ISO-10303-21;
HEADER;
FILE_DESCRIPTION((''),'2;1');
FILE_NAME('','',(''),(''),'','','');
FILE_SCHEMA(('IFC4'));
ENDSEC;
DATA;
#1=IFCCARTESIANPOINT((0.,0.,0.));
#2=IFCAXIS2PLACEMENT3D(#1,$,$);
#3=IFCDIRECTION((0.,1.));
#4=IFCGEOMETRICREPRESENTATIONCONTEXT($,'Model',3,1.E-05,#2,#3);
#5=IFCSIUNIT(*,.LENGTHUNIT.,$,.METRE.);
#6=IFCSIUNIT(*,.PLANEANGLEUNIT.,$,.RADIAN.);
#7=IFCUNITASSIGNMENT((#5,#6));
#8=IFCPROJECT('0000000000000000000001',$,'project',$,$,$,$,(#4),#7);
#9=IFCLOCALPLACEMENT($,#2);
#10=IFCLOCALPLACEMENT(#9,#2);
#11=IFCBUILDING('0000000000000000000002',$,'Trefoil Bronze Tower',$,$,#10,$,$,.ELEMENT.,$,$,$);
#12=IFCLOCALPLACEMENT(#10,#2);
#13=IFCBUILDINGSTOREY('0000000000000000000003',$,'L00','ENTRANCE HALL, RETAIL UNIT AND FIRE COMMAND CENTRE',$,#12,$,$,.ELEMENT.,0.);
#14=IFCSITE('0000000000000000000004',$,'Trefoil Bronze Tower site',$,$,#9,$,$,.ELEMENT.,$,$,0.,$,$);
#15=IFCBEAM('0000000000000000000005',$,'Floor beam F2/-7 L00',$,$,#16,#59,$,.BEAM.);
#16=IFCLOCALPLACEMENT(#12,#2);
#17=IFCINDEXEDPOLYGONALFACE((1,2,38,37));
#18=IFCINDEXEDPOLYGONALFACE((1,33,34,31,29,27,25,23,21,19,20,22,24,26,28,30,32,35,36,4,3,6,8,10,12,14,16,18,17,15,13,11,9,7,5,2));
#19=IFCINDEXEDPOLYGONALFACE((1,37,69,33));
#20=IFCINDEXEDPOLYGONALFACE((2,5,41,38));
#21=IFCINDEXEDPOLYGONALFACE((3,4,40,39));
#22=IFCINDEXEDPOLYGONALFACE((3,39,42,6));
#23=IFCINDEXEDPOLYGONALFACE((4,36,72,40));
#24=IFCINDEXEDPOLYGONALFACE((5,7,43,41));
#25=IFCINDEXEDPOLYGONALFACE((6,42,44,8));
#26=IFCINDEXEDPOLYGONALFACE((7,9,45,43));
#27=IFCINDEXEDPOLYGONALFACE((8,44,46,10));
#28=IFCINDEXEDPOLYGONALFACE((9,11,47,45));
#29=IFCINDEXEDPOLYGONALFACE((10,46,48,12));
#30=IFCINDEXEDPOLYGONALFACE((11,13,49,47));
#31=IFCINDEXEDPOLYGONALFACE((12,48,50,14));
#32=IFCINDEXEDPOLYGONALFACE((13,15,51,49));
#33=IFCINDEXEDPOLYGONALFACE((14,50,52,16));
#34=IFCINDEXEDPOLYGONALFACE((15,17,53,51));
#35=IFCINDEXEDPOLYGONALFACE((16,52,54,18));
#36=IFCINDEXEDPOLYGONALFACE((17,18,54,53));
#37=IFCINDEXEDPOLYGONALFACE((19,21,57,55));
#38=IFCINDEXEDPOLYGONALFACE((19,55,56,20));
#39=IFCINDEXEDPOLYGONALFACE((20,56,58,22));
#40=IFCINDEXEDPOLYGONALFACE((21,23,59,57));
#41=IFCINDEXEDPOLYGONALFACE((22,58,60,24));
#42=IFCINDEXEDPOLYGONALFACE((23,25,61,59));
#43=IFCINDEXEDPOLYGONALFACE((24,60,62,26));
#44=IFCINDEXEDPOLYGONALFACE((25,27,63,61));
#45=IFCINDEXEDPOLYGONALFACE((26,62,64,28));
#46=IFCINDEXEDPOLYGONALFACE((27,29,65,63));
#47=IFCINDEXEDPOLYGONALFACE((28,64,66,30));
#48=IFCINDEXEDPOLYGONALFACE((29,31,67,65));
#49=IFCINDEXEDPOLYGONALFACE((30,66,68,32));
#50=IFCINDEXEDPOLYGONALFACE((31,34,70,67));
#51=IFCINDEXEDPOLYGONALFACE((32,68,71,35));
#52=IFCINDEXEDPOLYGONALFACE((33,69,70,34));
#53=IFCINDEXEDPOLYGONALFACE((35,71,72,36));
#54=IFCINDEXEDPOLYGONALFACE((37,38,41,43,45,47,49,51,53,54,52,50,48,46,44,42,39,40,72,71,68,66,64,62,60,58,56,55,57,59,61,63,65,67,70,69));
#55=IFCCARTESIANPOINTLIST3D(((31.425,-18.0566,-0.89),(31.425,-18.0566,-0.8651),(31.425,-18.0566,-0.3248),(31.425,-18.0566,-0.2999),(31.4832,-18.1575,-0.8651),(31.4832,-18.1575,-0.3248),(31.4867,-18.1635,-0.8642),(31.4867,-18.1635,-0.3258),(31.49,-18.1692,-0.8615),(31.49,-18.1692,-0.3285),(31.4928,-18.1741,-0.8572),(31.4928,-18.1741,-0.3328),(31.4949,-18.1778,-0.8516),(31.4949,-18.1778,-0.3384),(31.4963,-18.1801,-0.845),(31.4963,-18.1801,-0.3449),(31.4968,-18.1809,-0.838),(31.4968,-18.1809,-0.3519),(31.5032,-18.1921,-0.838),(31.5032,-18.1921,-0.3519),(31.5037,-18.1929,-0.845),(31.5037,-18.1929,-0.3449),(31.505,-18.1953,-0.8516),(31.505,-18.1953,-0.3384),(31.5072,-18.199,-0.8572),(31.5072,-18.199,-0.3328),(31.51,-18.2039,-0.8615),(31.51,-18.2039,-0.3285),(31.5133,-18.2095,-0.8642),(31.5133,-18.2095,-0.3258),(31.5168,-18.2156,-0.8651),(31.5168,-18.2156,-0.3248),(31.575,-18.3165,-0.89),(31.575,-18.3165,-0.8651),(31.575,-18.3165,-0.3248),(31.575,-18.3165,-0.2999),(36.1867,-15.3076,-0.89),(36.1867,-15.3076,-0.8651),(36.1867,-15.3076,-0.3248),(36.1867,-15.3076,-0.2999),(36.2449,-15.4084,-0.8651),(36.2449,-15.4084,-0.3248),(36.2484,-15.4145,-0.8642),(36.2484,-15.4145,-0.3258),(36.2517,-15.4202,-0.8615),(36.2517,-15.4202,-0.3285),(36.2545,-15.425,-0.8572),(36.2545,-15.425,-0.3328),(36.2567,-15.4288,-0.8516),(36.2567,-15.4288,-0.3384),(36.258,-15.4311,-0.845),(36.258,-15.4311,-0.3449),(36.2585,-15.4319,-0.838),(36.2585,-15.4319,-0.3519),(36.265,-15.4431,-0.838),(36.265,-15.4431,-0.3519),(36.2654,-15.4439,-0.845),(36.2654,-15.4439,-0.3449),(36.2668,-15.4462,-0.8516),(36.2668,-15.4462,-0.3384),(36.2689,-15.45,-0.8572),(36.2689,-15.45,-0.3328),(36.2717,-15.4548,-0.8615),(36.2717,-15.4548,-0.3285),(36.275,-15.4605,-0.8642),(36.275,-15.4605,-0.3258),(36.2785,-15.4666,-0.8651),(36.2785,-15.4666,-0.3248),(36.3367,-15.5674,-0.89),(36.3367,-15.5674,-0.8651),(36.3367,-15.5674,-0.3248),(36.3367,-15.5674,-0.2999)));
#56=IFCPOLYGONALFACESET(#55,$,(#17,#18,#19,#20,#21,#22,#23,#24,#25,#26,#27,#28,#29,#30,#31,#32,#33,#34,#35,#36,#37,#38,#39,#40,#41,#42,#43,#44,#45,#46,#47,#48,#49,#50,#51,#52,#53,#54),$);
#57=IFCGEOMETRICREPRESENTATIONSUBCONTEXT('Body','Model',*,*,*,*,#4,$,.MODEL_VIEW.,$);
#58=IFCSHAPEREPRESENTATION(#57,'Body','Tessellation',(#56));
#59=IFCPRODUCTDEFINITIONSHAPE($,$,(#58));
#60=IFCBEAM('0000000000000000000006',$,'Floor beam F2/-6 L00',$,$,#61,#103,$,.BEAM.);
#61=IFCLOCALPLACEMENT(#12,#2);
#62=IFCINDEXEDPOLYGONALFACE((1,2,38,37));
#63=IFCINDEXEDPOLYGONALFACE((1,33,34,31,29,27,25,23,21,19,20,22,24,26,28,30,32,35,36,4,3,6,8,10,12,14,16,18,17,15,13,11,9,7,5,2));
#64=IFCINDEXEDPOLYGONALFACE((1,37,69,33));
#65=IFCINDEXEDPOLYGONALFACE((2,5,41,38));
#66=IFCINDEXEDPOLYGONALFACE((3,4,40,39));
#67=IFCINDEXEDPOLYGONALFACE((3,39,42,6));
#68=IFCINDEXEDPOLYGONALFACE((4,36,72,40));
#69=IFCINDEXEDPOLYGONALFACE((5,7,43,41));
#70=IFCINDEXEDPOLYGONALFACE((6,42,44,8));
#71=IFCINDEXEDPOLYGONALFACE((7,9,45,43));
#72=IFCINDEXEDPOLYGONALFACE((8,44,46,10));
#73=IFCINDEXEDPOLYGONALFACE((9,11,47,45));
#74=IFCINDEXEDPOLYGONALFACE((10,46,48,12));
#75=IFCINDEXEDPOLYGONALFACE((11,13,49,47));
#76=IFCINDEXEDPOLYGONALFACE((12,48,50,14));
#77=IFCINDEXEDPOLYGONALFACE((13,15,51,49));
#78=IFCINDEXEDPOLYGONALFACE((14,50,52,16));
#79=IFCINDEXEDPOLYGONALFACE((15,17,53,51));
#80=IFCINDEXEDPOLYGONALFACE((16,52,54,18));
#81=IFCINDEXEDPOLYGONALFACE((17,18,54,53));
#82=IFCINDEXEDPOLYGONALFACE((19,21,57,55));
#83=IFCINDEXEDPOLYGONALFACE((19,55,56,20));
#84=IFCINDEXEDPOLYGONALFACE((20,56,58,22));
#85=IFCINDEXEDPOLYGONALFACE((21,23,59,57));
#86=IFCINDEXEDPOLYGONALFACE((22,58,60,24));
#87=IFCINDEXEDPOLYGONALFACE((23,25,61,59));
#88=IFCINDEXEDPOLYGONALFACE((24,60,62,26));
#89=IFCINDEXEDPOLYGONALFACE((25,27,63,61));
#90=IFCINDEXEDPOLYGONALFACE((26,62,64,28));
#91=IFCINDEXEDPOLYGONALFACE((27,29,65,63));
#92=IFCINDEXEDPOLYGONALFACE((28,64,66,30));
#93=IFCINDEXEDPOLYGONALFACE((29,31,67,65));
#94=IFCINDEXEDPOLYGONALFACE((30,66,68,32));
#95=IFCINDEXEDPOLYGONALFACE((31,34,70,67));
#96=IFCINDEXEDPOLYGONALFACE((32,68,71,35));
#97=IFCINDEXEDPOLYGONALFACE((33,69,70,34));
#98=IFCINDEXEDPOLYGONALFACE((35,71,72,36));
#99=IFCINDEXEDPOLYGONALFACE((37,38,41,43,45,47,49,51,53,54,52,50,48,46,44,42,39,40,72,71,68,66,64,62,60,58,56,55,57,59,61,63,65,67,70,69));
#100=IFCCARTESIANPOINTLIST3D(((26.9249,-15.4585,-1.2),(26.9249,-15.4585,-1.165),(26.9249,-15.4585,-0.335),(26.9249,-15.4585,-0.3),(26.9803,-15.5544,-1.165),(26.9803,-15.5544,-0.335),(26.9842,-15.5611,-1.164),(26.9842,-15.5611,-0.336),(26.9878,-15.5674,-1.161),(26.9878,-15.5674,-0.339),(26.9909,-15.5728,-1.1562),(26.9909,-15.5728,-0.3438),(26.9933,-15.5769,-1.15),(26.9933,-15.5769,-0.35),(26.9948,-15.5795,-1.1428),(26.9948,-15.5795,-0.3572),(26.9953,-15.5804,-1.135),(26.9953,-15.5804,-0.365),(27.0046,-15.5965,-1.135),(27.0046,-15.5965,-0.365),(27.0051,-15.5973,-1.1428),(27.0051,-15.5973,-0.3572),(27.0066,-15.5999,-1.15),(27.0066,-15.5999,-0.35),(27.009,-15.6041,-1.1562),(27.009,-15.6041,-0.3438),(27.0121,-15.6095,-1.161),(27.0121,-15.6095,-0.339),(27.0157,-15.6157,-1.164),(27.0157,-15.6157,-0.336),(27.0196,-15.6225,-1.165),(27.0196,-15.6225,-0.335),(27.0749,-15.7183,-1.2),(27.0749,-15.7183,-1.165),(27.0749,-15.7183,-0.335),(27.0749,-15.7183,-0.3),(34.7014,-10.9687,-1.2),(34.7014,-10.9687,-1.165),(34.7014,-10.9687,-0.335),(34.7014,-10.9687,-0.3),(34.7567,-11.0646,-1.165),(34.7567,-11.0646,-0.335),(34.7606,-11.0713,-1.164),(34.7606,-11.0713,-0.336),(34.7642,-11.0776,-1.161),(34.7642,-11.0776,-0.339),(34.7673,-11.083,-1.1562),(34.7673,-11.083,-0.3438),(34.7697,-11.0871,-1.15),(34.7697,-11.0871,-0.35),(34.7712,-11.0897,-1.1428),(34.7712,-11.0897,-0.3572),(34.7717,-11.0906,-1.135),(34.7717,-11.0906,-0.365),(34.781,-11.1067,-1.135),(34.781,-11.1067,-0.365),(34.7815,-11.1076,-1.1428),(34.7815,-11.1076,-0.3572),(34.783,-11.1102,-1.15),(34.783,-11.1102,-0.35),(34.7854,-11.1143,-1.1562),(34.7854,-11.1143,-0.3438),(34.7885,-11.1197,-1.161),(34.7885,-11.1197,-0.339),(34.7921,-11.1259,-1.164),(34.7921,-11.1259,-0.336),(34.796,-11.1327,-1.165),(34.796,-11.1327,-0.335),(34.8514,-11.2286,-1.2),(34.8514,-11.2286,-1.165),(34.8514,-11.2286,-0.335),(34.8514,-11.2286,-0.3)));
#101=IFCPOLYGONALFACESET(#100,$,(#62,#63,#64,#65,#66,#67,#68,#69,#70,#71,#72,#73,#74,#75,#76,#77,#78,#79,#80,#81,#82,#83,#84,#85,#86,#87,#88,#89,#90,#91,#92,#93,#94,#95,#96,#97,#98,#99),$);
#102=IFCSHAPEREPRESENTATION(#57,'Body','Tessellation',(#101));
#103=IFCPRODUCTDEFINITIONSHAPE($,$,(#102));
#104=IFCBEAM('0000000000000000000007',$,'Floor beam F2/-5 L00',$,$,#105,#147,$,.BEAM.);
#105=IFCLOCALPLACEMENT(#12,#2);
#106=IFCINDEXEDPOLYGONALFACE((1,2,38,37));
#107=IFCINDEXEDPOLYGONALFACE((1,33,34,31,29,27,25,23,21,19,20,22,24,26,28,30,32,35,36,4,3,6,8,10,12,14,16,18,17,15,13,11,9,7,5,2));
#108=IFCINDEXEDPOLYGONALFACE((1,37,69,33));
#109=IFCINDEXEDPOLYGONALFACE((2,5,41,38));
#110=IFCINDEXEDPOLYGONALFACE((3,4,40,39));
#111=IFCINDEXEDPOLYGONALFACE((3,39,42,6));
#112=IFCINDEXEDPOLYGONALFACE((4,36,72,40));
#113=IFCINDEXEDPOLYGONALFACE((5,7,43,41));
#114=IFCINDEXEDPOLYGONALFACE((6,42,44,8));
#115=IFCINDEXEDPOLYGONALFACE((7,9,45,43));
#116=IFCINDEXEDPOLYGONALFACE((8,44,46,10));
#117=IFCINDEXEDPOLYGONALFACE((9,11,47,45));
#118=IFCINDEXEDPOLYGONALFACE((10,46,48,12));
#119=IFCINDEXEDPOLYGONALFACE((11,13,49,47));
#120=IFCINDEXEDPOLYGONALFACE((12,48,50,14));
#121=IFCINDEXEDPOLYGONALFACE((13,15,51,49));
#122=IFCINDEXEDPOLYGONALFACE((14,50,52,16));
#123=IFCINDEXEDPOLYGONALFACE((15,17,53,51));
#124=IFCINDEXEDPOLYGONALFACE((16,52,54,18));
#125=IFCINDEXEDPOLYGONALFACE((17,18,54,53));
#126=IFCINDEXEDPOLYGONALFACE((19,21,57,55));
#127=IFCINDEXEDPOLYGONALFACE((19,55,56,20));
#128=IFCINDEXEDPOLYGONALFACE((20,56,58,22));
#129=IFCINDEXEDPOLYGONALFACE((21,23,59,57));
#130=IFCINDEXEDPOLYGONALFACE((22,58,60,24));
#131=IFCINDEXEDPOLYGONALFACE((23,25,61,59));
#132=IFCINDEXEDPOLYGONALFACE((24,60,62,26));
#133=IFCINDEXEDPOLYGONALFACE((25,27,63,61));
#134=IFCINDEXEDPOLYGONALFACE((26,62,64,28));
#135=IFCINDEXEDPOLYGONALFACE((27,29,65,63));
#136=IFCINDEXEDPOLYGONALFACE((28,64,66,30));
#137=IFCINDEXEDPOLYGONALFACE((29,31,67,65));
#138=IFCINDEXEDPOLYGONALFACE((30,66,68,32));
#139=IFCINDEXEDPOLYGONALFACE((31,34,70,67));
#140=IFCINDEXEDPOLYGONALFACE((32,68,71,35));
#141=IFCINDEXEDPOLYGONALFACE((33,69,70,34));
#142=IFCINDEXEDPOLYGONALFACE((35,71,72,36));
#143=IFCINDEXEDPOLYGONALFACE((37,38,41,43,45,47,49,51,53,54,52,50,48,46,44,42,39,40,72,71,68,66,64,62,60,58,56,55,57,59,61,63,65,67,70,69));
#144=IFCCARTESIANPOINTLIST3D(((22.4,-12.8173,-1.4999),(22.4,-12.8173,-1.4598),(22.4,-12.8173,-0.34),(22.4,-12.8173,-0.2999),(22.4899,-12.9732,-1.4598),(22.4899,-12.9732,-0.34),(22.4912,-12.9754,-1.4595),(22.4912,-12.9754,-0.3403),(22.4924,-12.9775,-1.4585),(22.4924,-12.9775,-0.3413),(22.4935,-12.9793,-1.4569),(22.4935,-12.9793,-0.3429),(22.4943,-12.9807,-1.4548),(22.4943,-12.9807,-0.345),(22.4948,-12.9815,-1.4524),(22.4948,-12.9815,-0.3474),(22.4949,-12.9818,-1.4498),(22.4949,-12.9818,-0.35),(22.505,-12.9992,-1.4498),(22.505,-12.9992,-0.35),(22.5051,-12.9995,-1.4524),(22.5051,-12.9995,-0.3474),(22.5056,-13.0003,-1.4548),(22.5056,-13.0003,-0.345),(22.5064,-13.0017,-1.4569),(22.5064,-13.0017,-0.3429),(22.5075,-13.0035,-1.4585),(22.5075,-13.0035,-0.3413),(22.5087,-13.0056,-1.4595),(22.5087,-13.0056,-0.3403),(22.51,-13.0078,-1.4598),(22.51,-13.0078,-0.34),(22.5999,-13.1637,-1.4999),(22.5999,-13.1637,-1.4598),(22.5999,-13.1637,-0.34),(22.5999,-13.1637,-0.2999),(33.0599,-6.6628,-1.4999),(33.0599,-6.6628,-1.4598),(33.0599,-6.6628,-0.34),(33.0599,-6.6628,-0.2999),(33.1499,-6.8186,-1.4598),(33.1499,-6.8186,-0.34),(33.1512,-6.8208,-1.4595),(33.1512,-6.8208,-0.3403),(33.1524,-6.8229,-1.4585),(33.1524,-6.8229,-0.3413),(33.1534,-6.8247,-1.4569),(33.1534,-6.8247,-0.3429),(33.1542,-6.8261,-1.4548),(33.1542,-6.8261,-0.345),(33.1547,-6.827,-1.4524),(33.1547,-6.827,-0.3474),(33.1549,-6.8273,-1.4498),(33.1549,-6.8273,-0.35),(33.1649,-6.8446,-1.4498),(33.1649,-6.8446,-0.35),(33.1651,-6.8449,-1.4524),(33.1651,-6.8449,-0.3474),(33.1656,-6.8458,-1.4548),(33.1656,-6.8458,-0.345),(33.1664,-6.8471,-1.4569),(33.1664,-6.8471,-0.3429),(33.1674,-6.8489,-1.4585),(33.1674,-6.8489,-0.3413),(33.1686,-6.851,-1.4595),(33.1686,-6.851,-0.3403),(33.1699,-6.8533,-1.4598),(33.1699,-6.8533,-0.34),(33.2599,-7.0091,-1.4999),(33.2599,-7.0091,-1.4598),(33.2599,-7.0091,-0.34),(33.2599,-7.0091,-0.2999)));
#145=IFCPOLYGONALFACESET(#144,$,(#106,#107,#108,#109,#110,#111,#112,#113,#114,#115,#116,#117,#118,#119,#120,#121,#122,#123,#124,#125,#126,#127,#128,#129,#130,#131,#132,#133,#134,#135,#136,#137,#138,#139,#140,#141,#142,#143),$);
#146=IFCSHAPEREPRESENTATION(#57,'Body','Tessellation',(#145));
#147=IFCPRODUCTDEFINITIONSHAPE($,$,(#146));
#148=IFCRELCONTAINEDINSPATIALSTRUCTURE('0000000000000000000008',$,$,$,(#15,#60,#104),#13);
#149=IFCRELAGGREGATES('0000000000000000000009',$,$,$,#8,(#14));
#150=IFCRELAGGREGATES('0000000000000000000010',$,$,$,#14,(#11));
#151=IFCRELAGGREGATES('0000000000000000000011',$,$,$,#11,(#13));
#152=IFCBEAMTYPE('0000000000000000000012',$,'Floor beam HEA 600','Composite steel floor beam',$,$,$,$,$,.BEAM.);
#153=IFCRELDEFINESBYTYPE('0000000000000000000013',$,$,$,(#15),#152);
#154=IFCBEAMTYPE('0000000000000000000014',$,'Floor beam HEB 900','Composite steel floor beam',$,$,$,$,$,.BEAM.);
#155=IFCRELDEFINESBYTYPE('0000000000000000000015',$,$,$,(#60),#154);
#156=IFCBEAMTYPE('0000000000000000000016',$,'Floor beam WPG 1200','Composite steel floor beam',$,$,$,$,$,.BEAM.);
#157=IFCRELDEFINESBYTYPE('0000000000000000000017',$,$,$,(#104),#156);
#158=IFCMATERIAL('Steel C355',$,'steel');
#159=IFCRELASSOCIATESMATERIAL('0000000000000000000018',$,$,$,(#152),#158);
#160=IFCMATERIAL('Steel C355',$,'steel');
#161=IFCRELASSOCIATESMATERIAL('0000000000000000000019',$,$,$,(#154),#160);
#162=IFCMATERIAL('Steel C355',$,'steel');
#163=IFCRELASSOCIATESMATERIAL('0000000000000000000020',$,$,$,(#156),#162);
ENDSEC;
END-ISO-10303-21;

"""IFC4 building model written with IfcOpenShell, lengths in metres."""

from ifc_helpers import new_model, si_unit, direction, frame, origin, origin_2d, place, context, subcontext, project, spatial, i_section, extrude, material, material_profile, profile_set, type_object, element, save


model = new_model("IFC4")

# Units and contexts
model_context = context("Model", 3, precision=1e-05, world=origin(), true_north=direction((0.0, 1.0)))
body_context = subcontext(model_context, "Body", "Model", "MODEL_VIEW")
ifc_project = project(units=[si_unit("LENGTHUNIT", "METRE"), si_unit("PLANEANGLEUNIT", "RADIAN")], contexts=[model_context])

# Site, building, storey
site_placement = place(None, origin())
site = spatial("IfcSite", under=ifc_project, at=site_placement, Name="Trefoil Bronze Tower site", CompositionType="ELEMENT", RefElevation=0.0)
building_placement = place(site_placement, origin())
building = spatial("IfcBuilding", under=site, at=building_placement, Name="Trefoil Bronze Tower", CompositionType="ELEMENT")
storey_placement = place(building_placement, origin())
storey = spatial("IfcBuildingStorey", under=building, at=storey_placement, Name="L00", Description="ENTRANCE HALL, RETAIL UNIT AND FIRE COMMAND CENTRE", CompositionType="ELEMENT", Elevation=0.0)

# Beams
ifc_material_1 = material(Name="Steel C355", Category="steel")
ifc_material_profile_1 = material_profile(ifc_material_1, i_section(OverallWidth=0.3, OverallDepth=0.5901, WebThickness=0.0129, FlangeThickness=0.0249, FilletRadius=0.0271, at=origin_2d()), Name="HEA 600")
ifc_profile_set_1 = profile_set([ifc_material_profile_1], Name="Steel C355")
beam_type_1 = type_object("IfcBeamType", Name="Floor beam HEA 600", Description="Composite steel floor beam", PredefinedType="BEAM", material=ifc_profile_set_1)
beam_1_placement = place(storey_placement, frame((36.2617, -15.4375, -0.595), z_axis=(-0.866038, -0.499979, 0.0), x_axis=(0.499979, -0.866038, 0.0)))
element("IfcBeam", 1, at=beam_1_placement, inside=storey, type_object=beam_type_1, Name="Floor beam F2/-7 L00", PredefinedType="BEAM", context=body_context, shape_type="SweptSolid", body=[
    extrude(i_section(OverallWidth=0.3, OverallDepth=0.5901, WebThickness=0.0129, FlangeThickness=0.0249, FilletRadius=0.0271, at=origin_2d()), origin(), (0.0, 0.0, 1.0), 5.4983),
])
ifc_material_2 = material(Name="Steel C355", Category="steel")
ifc_material_profile_2 = material_profile(ifc_material_2, i_section(OverallWidth=0.3, OverallDepth=0.8999, WebThickness=0.0186, FlangeThickness=0.0349, FilletRadius=0.03, at=origin_2d()), Name="HEB 900")
ifc_profile_set_2 = profile_set([ifc_material_profile_2], Name="Steel C355")
beam_type_2 = type_object("IfcBeamType", Name="Floor beam HEB 900", Description="Composite steel floor beam", PredefinedType="BEAM", material=ifc_profile_set_2)
beam_2_placement = place(storey_placement, frame((34.7764, -11.0986, -0.75), z_axis=(-0.866023, -0.500005, 0.0), x_axis=(0.500005, -0.866023, 0.0)))
element("IfcBeam", 2, at=beam_2_placement, inside=storey, type_object=beam_type_2, Name="Floor beam F2/-6 L00", PredefinedType="BEAM", context=body_context, shape_type="SweptSolid", body=[
    extrude(i_section(OverallWidth=0.3, OverallDepth=0.8999, WebThickness=0.0186, FlangeThickness=0.0349, FilletRadius=0.03, at=origin_2d()), origin(), (0.0, 0.0, 1.0), 8.9795),
])
ifc_material_3 = material(Name="Steel C355", Category="steel")
ifc_material_profile_3 = material_profile(ifc_material_3, i_section(OverallWidth=0.3999, OverallDepth=1.2, WebThickness=0.02, FlangeThickness=0.04, FilletRadius=0.01, at=origin_2d()), Name="WPG 1200")
ifc_profile_set_3 = profile_set([ifc_material_profile_3], Name="Steel C355")
beam_type_3 = type_object("IfcBeamType", Name="Floor beam WPG 1200", Description="Composite steel floor beam", PredefinedType="BEAM", material=ifc_profile_set_3)
beam_3_placement = place(storey_placement, frame((33.1599, -6.8359, -0.8999), z_axis=(-0.866024, -0.500002, 0.0), x_axis=(0.500002, -0.866024, 0.0)))
element("IfcBeam", 3, at=beam_3_placement, inside=storey, type_object=beam_type_3, Name="Floor beam F2/-5 L00", PredefinedType="BEAM", context=body_context, shape_type="SweptSolid", body=[
    extrude(i_section(OverallWidth=0.3999, OverallDepth=1.2, WebThickness=0.02, FlangeThickness=0.04, FilletRadius=0.01, at=origin_2d()), origin(), (0.0, 0.0, 1.0), 12.3091),
])

save(model, "model.ifc")
